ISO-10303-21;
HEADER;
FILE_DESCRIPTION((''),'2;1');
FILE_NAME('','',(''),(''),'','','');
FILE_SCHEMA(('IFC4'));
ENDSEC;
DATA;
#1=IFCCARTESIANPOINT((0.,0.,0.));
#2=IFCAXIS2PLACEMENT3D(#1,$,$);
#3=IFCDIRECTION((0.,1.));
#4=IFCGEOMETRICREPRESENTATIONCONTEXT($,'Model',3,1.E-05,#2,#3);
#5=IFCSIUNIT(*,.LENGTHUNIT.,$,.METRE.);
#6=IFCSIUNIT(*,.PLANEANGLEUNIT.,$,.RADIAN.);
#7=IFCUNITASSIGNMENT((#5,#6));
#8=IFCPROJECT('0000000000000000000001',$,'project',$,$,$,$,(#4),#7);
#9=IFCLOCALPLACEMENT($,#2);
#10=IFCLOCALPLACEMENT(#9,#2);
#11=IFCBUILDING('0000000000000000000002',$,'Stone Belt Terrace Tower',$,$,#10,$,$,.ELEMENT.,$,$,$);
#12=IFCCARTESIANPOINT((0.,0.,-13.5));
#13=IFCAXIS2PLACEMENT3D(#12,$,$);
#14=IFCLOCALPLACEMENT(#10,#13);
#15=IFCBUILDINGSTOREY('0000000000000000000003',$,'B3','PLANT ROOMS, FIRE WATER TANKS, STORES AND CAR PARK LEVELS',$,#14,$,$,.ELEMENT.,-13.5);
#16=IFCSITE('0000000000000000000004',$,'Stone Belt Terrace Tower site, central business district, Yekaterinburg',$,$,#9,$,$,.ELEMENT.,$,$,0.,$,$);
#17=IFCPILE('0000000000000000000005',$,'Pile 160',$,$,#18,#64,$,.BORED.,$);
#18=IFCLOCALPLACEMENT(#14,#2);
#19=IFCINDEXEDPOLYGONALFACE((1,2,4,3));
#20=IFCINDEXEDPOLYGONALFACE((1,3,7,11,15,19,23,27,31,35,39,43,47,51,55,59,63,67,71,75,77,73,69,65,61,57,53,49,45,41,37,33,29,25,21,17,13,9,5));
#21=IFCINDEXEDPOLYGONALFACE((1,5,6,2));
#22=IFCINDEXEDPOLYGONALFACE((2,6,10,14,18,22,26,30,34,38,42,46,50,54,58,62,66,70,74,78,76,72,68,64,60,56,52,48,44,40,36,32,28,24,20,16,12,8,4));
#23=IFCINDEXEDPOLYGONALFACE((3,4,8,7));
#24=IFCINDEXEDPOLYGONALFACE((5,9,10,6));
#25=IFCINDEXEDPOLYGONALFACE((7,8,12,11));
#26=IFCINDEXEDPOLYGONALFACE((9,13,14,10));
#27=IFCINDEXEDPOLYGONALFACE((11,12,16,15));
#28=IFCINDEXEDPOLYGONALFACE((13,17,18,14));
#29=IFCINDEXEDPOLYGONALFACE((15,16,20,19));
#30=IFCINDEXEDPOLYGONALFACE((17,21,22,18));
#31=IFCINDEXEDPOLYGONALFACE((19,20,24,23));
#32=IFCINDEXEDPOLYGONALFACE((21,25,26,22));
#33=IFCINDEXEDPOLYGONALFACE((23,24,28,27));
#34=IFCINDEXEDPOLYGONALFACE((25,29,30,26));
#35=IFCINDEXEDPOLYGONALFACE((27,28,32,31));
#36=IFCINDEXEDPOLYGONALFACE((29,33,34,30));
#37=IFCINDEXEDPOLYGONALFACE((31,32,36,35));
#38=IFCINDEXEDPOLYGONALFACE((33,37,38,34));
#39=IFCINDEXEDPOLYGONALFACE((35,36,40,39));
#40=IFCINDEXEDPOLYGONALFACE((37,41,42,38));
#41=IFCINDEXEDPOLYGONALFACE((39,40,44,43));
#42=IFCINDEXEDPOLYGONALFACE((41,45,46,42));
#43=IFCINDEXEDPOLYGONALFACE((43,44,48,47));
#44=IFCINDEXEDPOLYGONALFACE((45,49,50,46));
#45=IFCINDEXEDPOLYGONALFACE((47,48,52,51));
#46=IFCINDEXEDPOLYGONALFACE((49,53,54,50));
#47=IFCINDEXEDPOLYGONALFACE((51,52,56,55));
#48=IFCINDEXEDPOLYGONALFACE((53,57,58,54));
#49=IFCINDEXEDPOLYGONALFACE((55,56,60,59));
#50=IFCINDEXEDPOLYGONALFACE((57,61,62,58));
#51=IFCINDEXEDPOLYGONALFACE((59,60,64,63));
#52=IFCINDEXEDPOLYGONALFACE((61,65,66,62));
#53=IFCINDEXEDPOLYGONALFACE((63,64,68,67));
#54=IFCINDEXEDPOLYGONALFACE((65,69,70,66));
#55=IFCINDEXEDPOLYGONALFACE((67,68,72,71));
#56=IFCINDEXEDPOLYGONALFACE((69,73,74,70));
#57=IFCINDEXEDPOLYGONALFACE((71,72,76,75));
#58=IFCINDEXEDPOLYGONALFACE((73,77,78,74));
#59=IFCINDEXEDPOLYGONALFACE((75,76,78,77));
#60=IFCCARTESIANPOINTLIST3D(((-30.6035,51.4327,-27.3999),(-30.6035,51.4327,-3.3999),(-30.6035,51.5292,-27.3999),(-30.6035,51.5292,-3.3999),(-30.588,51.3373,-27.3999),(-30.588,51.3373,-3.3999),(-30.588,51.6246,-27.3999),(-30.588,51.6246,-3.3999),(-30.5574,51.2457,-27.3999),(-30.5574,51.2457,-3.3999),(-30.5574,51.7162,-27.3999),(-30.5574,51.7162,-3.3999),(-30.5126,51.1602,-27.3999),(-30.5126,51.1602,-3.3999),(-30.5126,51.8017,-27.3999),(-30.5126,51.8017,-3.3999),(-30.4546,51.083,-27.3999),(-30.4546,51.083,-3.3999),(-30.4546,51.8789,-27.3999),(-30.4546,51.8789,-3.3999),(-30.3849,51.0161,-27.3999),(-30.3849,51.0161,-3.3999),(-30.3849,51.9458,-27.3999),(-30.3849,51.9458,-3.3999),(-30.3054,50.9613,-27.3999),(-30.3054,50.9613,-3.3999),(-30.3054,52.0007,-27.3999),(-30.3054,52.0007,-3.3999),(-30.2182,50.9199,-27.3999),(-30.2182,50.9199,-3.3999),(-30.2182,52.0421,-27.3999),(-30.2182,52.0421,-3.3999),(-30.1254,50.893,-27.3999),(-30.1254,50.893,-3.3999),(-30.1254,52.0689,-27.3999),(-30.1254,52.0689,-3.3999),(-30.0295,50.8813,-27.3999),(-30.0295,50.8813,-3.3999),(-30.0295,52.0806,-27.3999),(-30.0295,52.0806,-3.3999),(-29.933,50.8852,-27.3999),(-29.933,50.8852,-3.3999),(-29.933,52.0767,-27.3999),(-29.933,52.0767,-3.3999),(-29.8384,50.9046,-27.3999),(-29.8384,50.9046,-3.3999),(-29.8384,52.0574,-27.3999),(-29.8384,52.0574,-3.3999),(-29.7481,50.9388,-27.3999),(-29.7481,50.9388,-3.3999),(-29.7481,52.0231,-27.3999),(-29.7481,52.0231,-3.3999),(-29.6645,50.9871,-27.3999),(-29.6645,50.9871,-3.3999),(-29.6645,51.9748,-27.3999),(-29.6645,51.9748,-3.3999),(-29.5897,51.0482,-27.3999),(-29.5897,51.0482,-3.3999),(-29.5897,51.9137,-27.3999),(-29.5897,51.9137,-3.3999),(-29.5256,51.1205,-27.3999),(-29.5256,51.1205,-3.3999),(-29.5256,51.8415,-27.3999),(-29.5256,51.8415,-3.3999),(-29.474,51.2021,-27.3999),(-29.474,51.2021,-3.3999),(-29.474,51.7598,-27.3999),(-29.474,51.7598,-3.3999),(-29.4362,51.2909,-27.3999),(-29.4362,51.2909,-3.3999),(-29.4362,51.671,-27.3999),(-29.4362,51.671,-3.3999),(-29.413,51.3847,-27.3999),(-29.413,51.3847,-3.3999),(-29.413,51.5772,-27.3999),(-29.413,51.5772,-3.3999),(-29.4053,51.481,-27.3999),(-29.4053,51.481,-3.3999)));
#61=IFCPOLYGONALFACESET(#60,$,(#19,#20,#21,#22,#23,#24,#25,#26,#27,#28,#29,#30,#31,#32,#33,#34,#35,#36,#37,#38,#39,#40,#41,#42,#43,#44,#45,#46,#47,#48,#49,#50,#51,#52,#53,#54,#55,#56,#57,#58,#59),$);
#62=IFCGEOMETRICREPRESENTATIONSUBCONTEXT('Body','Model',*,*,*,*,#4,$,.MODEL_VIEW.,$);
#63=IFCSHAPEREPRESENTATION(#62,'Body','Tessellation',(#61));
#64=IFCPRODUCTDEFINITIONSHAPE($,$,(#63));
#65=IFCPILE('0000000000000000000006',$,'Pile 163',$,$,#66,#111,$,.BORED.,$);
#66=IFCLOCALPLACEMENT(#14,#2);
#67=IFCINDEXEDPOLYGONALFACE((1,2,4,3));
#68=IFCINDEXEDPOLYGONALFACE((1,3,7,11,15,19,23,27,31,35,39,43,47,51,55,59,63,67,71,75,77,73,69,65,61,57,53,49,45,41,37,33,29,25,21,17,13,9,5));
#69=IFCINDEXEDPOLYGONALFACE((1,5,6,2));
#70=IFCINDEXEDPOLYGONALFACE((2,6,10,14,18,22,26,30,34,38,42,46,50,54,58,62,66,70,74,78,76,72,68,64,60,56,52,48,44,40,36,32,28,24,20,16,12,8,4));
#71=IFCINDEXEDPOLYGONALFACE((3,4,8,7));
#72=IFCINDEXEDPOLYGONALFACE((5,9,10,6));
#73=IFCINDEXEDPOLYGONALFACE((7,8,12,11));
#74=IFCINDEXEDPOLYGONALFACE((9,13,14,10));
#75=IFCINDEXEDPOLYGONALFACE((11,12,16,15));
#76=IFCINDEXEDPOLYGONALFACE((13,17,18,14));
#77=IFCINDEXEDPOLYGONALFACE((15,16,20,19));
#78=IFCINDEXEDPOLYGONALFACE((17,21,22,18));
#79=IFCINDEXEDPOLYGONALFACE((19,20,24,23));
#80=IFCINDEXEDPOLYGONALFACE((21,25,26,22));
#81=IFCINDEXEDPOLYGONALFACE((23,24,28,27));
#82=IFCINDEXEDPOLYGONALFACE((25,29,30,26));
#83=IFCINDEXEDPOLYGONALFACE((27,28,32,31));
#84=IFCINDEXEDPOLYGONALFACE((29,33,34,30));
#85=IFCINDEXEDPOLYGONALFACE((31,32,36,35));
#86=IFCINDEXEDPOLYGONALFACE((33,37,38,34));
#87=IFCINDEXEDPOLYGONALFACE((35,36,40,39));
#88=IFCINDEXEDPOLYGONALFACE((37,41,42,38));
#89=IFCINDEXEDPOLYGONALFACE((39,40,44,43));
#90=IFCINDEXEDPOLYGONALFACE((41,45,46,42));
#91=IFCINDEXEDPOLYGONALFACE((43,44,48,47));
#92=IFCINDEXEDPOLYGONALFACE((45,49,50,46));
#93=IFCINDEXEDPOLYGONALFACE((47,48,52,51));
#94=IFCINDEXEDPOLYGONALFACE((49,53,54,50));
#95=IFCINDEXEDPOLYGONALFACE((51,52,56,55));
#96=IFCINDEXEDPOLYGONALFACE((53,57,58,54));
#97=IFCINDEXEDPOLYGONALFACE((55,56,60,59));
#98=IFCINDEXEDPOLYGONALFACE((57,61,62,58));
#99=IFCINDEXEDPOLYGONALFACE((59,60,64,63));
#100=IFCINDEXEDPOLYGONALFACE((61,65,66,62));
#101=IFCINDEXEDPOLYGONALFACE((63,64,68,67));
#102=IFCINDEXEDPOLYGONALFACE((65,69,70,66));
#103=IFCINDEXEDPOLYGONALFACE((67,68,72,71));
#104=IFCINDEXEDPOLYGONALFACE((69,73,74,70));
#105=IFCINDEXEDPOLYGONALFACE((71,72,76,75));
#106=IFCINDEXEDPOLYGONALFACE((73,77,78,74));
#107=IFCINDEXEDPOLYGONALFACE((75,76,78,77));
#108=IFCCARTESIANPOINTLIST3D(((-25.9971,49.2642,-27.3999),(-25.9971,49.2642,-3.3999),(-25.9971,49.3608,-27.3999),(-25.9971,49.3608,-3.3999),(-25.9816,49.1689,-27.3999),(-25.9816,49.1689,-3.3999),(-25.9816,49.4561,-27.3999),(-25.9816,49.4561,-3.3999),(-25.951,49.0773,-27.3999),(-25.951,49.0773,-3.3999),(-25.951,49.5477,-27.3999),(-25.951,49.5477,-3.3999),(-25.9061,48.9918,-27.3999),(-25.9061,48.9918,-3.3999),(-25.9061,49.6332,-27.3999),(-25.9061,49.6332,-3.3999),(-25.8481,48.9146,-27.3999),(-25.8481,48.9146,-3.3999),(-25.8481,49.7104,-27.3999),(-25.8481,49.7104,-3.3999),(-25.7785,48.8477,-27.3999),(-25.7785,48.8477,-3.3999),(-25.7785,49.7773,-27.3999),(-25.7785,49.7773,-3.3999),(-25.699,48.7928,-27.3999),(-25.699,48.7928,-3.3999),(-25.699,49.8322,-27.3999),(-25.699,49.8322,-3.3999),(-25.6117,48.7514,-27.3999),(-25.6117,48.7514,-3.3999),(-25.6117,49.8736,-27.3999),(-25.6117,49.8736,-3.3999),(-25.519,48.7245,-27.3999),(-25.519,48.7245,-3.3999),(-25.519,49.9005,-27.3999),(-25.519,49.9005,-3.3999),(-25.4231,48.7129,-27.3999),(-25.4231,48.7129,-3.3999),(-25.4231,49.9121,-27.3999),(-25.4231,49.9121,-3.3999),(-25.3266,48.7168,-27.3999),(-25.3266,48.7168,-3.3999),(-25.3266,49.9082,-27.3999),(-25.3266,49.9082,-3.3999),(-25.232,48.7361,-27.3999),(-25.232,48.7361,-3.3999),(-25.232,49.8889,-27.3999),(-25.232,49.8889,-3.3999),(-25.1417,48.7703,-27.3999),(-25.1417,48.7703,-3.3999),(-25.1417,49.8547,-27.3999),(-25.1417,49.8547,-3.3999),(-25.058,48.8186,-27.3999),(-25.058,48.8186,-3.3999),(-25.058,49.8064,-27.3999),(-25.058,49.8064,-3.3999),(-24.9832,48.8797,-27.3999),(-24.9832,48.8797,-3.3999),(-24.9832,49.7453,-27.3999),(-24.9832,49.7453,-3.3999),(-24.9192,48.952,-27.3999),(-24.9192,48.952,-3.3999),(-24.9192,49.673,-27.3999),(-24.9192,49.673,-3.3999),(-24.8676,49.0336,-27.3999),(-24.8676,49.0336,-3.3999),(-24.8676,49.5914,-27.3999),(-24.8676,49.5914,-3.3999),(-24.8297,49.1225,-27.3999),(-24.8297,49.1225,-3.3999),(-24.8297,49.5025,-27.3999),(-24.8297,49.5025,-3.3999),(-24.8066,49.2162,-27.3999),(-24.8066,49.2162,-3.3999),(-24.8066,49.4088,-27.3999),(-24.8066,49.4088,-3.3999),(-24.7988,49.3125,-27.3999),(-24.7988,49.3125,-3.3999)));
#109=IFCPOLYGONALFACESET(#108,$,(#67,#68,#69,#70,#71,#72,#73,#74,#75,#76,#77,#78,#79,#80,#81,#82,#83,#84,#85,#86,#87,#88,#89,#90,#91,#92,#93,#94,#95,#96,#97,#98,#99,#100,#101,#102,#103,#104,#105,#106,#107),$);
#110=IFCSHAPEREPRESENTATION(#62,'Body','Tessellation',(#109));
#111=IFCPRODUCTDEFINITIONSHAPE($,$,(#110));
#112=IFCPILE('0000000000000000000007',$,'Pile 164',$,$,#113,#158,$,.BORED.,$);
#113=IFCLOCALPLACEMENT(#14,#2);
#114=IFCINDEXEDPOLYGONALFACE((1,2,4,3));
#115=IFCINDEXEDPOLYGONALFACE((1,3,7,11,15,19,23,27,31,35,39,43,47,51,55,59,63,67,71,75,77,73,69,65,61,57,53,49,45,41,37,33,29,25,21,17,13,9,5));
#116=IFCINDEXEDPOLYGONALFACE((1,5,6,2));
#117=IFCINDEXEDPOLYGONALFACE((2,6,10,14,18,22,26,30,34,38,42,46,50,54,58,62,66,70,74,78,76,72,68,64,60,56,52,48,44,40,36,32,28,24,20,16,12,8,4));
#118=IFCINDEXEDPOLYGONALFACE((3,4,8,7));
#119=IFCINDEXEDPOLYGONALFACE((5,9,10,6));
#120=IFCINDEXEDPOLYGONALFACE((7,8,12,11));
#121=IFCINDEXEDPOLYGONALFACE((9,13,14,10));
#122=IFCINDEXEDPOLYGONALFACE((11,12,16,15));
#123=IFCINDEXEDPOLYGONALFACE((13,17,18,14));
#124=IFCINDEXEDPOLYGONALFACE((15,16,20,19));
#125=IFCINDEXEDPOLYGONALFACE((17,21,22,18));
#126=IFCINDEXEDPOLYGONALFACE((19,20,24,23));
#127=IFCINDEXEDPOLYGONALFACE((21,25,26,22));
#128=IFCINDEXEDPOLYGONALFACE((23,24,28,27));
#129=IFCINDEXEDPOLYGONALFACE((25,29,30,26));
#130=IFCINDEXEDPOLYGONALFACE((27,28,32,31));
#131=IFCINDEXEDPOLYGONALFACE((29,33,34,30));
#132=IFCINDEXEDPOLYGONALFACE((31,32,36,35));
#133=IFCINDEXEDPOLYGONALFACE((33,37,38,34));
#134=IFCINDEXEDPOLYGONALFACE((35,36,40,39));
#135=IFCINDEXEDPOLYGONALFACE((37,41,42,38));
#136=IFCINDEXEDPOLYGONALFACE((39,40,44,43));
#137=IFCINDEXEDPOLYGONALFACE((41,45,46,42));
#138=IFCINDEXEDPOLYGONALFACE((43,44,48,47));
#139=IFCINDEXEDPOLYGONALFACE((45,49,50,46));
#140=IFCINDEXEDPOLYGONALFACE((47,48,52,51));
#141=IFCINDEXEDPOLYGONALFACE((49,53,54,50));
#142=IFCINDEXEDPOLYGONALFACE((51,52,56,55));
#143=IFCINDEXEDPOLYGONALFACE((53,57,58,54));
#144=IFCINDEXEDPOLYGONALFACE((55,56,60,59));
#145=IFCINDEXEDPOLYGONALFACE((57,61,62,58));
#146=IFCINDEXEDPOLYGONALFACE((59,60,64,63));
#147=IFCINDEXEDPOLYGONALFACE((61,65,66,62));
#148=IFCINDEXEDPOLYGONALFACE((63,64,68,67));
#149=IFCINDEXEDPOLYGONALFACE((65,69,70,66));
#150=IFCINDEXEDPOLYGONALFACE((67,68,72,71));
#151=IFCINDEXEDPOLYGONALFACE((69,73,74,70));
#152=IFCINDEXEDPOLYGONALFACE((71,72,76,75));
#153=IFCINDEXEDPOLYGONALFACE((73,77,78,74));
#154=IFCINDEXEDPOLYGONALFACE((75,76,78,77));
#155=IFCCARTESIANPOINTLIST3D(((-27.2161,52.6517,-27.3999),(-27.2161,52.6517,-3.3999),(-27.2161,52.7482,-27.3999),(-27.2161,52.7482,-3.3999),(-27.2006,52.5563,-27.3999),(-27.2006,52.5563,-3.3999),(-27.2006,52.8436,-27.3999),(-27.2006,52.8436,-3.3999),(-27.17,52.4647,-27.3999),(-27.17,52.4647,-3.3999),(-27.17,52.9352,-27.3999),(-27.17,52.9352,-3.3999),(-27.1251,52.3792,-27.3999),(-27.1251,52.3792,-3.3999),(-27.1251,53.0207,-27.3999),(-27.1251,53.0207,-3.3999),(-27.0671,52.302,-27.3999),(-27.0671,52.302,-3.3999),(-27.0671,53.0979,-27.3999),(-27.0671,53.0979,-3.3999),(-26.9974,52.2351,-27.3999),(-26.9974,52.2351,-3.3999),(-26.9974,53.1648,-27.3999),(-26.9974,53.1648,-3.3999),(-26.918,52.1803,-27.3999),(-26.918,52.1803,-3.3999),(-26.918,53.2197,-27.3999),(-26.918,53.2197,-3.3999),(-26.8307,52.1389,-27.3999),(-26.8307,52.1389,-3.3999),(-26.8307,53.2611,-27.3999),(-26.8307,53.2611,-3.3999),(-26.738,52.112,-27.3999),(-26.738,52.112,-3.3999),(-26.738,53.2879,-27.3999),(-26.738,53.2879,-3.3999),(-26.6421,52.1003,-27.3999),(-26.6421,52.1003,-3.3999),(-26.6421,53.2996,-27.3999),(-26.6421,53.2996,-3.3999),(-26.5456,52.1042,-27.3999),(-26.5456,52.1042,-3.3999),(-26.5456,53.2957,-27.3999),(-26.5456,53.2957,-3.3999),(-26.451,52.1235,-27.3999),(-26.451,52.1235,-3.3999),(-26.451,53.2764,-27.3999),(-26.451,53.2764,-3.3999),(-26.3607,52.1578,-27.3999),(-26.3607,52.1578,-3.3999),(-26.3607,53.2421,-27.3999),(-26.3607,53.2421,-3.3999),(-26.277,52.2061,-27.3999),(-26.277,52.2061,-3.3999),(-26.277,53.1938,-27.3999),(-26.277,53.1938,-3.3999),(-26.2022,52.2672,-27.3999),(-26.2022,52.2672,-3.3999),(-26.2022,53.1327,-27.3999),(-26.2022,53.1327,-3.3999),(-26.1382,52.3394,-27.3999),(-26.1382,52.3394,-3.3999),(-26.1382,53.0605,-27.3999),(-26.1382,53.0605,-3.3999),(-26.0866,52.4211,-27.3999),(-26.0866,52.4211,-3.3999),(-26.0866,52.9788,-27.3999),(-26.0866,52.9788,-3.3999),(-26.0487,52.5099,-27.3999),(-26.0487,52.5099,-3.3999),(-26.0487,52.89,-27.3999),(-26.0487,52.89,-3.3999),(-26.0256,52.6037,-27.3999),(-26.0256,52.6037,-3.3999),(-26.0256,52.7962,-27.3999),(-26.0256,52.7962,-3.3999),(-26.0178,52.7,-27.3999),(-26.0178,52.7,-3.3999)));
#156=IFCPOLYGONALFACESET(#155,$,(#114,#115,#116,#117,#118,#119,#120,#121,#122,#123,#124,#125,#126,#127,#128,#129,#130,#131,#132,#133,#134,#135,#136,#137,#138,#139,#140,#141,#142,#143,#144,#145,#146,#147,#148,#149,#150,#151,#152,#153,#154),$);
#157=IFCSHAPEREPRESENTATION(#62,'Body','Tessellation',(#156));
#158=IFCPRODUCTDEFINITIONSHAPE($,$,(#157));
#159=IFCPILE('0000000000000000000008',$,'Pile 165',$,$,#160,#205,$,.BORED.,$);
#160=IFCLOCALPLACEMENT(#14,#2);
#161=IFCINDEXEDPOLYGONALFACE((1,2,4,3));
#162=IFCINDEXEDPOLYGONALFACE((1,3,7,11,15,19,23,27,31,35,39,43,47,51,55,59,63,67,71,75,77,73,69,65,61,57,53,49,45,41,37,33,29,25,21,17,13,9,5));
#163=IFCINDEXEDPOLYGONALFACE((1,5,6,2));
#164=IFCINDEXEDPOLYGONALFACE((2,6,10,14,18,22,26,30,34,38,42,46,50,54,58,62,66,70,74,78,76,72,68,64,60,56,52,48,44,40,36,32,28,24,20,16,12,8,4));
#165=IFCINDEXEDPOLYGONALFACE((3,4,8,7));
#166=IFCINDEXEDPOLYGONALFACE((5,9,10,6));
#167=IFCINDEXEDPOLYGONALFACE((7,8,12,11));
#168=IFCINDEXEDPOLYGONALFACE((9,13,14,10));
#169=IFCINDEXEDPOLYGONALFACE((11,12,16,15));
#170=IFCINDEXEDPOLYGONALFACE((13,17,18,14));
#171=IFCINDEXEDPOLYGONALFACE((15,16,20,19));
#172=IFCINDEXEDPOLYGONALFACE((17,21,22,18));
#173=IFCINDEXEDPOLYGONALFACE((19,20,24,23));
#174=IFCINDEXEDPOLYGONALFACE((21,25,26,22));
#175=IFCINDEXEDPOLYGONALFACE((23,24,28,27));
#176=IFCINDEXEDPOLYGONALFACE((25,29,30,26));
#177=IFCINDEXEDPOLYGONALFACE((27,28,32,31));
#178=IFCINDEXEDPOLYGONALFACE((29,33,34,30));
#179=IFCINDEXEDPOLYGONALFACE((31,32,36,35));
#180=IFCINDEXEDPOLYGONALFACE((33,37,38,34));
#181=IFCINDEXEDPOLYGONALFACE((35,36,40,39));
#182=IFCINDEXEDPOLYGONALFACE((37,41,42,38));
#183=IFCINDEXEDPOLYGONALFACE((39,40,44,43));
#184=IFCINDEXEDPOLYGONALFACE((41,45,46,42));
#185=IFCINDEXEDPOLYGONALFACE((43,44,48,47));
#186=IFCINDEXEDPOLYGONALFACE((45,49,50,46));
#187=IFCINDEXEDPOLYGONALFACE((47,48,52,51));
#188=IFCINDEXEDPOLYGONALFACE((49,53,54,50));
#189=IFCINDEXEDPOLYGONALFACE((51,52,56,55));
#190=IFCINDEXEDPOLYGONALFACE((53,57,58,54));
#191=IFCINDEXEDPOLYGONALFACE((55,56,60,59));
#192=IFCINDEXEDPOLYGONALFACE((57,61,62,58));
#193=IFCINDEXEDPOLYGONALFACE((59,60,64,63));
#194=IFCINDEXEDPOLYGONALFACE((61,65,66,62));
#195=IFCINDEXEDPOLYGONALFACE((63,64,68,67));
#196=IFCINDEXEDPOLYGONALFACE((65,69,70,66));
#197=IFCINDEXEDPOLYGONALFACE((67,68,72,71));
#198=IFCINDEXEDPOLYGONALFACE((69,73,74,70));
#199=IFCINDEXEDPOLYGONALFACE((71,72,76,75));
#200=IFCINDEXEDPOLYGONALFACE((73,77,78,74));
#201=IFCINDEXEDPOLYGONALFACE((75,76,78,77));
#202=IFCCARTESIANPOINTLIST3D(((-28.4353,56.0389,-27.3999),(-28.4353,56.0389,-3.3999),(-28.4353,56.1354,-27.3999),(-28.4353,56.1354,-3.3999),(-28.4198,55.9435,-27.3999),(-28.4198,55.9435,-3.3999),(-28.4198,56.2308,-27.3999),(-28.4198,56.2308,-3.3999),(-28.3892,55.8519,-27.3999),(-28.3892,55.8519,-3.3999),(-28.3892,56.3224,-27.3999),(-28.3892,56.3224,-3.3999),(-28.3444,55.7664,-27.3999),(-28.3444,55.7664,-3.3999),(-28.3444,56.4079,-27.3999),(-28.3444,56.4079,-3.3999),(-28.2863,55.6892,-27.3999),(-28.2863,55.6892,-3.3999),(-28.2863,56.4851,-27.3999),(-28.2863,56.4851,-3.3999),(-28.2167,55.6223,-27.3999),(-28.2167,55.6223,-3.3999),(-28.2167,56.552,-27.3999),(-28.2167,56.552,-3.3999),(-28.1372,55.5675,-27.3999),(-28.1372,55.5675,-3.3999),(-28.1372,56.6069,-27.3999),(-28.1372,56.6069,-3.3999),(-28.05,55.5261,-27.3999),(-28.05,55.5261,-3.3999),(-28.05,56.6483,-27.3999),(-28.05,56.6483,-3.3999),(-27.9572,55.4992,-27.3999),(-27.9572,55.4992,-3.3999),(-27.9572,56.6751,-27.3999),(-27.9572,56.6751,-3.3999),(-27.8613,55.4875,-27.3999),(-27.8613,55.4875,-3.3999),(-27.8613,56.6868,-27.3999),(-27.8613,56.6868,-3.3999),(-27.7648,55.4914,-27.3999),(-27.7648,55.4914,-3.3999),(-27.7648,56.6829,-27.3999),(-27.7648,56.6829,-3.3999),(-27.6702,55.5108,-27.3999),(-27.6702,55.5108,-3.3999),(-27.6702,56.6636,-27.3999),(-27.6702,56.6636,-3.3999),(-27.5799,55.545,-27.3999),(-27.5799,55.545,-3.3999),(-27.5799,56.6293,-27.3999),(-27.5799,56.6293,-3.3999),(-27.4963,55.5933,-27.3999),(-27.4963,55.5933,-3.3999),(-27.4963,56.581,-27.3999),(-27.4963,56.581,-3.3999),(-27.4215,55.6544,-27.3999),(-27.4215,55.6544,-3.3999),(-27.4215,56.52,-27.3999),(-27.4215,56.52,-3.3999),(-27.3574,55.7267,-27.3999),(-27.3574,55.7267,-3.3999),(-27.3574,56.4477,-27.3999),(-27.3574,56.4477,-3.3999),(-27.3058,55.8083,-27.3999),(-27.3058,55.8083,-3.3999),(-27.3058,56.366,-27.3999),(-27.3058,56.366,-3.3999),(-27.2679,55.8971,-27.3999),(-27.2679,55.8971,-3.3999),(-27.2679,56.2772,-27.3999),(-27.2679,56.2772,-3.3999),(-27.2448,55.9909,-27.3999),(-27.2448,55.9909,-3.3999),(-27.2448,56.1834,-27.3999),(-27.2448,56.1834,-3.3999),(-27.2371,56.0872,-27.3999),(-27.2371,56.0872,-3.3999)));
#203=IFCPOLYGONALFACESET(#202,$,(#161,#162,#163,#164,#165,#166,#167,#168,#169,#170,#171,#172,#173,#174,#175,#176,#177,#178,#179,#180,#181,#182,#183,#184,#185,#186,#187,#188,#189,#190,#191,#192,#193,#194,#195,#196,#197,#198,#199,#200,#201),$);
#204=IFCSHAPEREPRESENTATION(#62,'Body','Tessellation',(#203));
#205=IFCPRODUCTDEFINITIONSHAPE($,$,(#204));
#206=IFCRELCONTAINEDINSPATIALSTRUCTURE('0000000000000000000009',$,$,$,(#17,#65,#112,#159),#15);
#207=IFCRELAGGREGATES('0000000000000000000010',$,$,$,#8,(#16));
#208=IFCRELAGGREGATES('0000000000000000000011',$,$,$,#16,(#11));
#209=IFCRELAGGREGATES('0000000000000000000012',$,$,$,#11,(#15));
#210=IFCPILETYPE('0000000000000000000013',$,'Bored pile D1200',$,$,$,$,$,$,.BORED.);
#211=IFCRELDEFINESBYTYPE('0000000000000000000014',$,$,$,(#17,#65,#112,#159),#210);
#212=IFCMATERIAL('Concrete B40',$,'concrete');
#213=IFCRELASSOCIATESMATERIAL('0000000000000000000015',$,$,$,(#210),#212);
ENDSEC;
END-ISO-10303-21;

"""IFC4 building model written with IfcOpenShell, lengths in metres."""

from ifc_helpers import new_model, si_unit, direction, frame, origin, origin_2d, place, context, subcontext, project, spatial, circle, extrude, material, material_profile, profile_set, type_object, element, save


model = new_model("IFC4")

# Units and contexts
model_context = context("Model", 3, precision=1e-05, world=origin(), true_north=direction((0.0, 1.0)))
body_context = subcontext(model_context, "Body", "Model", "MODEL_VIEW")
ifc_project = project(units=[si_unit("LENGTHUNIT", "METRE"), si_unit("PLANEANGLEUNIT", "RADIAN")], contexts=[model_context])

# Site, building, storey
site_placement = place(None, origin())
site = spatial("IfcSite", under=ifc_project, at=site_placement, Name="Stone Belt Terrace Tower site, central business district, Yekaterinburg", CompositionType="ELEMENT", RefElevation=0.0)
building_placement = place(site_placement, origin())
building = spatial("IfcBuilding", under=site, at=building_placement, Name="Stone Belt Terrace Tower", CompositionType="ELEMENT")
storey_placement = place(building_placement, frame((0.0, 0.0, -13.5)))
storey = spatial("IfcBuildingStorey", under=building, at=storey_placement, Name="B3", Description="PLANT ROOMS, FIRE WATER TANKS, STORES AND CAR PARK LEVELS", CompositionType="ELEMENT", Elevation=-13.5)

# Piles
ifc_material_1 = material(Name="Concrete B40", Category="concrete")
ifc_material_profile_1 = material_profile(ifc_material_1, circle(Radius=0.6001, at=origin_2d()), Name="PILE D1200")
ifc_profile_set_1 = profile_set([ifc_material_profile_1], Name="Concrete B40")
pile_type = type_object("IfcPileType", Name="Bored pile D1200", PredefinedType="BORED", material=ifc_profile_set_1)
for number, where, z_axis, x_axis, name in (
    (1, (-30.0054, 51.481, -3.3999), (0.0, 0.0, -1.0), (1.0, 0.0, 0.0), "Pile 160"),
    (2, (-25.3989, 49.3125, -3.3999), (0.0, 0.0, -1.0), (1.0, 0.0, 0.0), "Pile 163"),
    (3, (-26.6179, 52.7, -3.3999), (0.0, 0.0, -1.0), (1.0, 0.0, 0.0), "Pile 164"),
    (4, (-27.8372, 56.0872, -3.3999), (0.0, 0.0, -1.0), (1.0, 0.0, 0.0), "Pile 165"),
):
    element("IfcPile", number, at=place(storey_placement, frame(where, z_axis=z_axis, x_axis=x_axis)), inside=storey, type_object=pile_type, Name=name, PredefinedType="BORED", context=body_context, shape_type="SweptSolid", body=[
        extrude(circle(Radius=0.6001, at=origin_2d()), origin(), (0.0, 0.0, 1.0), 24.0),
    ])

save(model, "model.ifc")
